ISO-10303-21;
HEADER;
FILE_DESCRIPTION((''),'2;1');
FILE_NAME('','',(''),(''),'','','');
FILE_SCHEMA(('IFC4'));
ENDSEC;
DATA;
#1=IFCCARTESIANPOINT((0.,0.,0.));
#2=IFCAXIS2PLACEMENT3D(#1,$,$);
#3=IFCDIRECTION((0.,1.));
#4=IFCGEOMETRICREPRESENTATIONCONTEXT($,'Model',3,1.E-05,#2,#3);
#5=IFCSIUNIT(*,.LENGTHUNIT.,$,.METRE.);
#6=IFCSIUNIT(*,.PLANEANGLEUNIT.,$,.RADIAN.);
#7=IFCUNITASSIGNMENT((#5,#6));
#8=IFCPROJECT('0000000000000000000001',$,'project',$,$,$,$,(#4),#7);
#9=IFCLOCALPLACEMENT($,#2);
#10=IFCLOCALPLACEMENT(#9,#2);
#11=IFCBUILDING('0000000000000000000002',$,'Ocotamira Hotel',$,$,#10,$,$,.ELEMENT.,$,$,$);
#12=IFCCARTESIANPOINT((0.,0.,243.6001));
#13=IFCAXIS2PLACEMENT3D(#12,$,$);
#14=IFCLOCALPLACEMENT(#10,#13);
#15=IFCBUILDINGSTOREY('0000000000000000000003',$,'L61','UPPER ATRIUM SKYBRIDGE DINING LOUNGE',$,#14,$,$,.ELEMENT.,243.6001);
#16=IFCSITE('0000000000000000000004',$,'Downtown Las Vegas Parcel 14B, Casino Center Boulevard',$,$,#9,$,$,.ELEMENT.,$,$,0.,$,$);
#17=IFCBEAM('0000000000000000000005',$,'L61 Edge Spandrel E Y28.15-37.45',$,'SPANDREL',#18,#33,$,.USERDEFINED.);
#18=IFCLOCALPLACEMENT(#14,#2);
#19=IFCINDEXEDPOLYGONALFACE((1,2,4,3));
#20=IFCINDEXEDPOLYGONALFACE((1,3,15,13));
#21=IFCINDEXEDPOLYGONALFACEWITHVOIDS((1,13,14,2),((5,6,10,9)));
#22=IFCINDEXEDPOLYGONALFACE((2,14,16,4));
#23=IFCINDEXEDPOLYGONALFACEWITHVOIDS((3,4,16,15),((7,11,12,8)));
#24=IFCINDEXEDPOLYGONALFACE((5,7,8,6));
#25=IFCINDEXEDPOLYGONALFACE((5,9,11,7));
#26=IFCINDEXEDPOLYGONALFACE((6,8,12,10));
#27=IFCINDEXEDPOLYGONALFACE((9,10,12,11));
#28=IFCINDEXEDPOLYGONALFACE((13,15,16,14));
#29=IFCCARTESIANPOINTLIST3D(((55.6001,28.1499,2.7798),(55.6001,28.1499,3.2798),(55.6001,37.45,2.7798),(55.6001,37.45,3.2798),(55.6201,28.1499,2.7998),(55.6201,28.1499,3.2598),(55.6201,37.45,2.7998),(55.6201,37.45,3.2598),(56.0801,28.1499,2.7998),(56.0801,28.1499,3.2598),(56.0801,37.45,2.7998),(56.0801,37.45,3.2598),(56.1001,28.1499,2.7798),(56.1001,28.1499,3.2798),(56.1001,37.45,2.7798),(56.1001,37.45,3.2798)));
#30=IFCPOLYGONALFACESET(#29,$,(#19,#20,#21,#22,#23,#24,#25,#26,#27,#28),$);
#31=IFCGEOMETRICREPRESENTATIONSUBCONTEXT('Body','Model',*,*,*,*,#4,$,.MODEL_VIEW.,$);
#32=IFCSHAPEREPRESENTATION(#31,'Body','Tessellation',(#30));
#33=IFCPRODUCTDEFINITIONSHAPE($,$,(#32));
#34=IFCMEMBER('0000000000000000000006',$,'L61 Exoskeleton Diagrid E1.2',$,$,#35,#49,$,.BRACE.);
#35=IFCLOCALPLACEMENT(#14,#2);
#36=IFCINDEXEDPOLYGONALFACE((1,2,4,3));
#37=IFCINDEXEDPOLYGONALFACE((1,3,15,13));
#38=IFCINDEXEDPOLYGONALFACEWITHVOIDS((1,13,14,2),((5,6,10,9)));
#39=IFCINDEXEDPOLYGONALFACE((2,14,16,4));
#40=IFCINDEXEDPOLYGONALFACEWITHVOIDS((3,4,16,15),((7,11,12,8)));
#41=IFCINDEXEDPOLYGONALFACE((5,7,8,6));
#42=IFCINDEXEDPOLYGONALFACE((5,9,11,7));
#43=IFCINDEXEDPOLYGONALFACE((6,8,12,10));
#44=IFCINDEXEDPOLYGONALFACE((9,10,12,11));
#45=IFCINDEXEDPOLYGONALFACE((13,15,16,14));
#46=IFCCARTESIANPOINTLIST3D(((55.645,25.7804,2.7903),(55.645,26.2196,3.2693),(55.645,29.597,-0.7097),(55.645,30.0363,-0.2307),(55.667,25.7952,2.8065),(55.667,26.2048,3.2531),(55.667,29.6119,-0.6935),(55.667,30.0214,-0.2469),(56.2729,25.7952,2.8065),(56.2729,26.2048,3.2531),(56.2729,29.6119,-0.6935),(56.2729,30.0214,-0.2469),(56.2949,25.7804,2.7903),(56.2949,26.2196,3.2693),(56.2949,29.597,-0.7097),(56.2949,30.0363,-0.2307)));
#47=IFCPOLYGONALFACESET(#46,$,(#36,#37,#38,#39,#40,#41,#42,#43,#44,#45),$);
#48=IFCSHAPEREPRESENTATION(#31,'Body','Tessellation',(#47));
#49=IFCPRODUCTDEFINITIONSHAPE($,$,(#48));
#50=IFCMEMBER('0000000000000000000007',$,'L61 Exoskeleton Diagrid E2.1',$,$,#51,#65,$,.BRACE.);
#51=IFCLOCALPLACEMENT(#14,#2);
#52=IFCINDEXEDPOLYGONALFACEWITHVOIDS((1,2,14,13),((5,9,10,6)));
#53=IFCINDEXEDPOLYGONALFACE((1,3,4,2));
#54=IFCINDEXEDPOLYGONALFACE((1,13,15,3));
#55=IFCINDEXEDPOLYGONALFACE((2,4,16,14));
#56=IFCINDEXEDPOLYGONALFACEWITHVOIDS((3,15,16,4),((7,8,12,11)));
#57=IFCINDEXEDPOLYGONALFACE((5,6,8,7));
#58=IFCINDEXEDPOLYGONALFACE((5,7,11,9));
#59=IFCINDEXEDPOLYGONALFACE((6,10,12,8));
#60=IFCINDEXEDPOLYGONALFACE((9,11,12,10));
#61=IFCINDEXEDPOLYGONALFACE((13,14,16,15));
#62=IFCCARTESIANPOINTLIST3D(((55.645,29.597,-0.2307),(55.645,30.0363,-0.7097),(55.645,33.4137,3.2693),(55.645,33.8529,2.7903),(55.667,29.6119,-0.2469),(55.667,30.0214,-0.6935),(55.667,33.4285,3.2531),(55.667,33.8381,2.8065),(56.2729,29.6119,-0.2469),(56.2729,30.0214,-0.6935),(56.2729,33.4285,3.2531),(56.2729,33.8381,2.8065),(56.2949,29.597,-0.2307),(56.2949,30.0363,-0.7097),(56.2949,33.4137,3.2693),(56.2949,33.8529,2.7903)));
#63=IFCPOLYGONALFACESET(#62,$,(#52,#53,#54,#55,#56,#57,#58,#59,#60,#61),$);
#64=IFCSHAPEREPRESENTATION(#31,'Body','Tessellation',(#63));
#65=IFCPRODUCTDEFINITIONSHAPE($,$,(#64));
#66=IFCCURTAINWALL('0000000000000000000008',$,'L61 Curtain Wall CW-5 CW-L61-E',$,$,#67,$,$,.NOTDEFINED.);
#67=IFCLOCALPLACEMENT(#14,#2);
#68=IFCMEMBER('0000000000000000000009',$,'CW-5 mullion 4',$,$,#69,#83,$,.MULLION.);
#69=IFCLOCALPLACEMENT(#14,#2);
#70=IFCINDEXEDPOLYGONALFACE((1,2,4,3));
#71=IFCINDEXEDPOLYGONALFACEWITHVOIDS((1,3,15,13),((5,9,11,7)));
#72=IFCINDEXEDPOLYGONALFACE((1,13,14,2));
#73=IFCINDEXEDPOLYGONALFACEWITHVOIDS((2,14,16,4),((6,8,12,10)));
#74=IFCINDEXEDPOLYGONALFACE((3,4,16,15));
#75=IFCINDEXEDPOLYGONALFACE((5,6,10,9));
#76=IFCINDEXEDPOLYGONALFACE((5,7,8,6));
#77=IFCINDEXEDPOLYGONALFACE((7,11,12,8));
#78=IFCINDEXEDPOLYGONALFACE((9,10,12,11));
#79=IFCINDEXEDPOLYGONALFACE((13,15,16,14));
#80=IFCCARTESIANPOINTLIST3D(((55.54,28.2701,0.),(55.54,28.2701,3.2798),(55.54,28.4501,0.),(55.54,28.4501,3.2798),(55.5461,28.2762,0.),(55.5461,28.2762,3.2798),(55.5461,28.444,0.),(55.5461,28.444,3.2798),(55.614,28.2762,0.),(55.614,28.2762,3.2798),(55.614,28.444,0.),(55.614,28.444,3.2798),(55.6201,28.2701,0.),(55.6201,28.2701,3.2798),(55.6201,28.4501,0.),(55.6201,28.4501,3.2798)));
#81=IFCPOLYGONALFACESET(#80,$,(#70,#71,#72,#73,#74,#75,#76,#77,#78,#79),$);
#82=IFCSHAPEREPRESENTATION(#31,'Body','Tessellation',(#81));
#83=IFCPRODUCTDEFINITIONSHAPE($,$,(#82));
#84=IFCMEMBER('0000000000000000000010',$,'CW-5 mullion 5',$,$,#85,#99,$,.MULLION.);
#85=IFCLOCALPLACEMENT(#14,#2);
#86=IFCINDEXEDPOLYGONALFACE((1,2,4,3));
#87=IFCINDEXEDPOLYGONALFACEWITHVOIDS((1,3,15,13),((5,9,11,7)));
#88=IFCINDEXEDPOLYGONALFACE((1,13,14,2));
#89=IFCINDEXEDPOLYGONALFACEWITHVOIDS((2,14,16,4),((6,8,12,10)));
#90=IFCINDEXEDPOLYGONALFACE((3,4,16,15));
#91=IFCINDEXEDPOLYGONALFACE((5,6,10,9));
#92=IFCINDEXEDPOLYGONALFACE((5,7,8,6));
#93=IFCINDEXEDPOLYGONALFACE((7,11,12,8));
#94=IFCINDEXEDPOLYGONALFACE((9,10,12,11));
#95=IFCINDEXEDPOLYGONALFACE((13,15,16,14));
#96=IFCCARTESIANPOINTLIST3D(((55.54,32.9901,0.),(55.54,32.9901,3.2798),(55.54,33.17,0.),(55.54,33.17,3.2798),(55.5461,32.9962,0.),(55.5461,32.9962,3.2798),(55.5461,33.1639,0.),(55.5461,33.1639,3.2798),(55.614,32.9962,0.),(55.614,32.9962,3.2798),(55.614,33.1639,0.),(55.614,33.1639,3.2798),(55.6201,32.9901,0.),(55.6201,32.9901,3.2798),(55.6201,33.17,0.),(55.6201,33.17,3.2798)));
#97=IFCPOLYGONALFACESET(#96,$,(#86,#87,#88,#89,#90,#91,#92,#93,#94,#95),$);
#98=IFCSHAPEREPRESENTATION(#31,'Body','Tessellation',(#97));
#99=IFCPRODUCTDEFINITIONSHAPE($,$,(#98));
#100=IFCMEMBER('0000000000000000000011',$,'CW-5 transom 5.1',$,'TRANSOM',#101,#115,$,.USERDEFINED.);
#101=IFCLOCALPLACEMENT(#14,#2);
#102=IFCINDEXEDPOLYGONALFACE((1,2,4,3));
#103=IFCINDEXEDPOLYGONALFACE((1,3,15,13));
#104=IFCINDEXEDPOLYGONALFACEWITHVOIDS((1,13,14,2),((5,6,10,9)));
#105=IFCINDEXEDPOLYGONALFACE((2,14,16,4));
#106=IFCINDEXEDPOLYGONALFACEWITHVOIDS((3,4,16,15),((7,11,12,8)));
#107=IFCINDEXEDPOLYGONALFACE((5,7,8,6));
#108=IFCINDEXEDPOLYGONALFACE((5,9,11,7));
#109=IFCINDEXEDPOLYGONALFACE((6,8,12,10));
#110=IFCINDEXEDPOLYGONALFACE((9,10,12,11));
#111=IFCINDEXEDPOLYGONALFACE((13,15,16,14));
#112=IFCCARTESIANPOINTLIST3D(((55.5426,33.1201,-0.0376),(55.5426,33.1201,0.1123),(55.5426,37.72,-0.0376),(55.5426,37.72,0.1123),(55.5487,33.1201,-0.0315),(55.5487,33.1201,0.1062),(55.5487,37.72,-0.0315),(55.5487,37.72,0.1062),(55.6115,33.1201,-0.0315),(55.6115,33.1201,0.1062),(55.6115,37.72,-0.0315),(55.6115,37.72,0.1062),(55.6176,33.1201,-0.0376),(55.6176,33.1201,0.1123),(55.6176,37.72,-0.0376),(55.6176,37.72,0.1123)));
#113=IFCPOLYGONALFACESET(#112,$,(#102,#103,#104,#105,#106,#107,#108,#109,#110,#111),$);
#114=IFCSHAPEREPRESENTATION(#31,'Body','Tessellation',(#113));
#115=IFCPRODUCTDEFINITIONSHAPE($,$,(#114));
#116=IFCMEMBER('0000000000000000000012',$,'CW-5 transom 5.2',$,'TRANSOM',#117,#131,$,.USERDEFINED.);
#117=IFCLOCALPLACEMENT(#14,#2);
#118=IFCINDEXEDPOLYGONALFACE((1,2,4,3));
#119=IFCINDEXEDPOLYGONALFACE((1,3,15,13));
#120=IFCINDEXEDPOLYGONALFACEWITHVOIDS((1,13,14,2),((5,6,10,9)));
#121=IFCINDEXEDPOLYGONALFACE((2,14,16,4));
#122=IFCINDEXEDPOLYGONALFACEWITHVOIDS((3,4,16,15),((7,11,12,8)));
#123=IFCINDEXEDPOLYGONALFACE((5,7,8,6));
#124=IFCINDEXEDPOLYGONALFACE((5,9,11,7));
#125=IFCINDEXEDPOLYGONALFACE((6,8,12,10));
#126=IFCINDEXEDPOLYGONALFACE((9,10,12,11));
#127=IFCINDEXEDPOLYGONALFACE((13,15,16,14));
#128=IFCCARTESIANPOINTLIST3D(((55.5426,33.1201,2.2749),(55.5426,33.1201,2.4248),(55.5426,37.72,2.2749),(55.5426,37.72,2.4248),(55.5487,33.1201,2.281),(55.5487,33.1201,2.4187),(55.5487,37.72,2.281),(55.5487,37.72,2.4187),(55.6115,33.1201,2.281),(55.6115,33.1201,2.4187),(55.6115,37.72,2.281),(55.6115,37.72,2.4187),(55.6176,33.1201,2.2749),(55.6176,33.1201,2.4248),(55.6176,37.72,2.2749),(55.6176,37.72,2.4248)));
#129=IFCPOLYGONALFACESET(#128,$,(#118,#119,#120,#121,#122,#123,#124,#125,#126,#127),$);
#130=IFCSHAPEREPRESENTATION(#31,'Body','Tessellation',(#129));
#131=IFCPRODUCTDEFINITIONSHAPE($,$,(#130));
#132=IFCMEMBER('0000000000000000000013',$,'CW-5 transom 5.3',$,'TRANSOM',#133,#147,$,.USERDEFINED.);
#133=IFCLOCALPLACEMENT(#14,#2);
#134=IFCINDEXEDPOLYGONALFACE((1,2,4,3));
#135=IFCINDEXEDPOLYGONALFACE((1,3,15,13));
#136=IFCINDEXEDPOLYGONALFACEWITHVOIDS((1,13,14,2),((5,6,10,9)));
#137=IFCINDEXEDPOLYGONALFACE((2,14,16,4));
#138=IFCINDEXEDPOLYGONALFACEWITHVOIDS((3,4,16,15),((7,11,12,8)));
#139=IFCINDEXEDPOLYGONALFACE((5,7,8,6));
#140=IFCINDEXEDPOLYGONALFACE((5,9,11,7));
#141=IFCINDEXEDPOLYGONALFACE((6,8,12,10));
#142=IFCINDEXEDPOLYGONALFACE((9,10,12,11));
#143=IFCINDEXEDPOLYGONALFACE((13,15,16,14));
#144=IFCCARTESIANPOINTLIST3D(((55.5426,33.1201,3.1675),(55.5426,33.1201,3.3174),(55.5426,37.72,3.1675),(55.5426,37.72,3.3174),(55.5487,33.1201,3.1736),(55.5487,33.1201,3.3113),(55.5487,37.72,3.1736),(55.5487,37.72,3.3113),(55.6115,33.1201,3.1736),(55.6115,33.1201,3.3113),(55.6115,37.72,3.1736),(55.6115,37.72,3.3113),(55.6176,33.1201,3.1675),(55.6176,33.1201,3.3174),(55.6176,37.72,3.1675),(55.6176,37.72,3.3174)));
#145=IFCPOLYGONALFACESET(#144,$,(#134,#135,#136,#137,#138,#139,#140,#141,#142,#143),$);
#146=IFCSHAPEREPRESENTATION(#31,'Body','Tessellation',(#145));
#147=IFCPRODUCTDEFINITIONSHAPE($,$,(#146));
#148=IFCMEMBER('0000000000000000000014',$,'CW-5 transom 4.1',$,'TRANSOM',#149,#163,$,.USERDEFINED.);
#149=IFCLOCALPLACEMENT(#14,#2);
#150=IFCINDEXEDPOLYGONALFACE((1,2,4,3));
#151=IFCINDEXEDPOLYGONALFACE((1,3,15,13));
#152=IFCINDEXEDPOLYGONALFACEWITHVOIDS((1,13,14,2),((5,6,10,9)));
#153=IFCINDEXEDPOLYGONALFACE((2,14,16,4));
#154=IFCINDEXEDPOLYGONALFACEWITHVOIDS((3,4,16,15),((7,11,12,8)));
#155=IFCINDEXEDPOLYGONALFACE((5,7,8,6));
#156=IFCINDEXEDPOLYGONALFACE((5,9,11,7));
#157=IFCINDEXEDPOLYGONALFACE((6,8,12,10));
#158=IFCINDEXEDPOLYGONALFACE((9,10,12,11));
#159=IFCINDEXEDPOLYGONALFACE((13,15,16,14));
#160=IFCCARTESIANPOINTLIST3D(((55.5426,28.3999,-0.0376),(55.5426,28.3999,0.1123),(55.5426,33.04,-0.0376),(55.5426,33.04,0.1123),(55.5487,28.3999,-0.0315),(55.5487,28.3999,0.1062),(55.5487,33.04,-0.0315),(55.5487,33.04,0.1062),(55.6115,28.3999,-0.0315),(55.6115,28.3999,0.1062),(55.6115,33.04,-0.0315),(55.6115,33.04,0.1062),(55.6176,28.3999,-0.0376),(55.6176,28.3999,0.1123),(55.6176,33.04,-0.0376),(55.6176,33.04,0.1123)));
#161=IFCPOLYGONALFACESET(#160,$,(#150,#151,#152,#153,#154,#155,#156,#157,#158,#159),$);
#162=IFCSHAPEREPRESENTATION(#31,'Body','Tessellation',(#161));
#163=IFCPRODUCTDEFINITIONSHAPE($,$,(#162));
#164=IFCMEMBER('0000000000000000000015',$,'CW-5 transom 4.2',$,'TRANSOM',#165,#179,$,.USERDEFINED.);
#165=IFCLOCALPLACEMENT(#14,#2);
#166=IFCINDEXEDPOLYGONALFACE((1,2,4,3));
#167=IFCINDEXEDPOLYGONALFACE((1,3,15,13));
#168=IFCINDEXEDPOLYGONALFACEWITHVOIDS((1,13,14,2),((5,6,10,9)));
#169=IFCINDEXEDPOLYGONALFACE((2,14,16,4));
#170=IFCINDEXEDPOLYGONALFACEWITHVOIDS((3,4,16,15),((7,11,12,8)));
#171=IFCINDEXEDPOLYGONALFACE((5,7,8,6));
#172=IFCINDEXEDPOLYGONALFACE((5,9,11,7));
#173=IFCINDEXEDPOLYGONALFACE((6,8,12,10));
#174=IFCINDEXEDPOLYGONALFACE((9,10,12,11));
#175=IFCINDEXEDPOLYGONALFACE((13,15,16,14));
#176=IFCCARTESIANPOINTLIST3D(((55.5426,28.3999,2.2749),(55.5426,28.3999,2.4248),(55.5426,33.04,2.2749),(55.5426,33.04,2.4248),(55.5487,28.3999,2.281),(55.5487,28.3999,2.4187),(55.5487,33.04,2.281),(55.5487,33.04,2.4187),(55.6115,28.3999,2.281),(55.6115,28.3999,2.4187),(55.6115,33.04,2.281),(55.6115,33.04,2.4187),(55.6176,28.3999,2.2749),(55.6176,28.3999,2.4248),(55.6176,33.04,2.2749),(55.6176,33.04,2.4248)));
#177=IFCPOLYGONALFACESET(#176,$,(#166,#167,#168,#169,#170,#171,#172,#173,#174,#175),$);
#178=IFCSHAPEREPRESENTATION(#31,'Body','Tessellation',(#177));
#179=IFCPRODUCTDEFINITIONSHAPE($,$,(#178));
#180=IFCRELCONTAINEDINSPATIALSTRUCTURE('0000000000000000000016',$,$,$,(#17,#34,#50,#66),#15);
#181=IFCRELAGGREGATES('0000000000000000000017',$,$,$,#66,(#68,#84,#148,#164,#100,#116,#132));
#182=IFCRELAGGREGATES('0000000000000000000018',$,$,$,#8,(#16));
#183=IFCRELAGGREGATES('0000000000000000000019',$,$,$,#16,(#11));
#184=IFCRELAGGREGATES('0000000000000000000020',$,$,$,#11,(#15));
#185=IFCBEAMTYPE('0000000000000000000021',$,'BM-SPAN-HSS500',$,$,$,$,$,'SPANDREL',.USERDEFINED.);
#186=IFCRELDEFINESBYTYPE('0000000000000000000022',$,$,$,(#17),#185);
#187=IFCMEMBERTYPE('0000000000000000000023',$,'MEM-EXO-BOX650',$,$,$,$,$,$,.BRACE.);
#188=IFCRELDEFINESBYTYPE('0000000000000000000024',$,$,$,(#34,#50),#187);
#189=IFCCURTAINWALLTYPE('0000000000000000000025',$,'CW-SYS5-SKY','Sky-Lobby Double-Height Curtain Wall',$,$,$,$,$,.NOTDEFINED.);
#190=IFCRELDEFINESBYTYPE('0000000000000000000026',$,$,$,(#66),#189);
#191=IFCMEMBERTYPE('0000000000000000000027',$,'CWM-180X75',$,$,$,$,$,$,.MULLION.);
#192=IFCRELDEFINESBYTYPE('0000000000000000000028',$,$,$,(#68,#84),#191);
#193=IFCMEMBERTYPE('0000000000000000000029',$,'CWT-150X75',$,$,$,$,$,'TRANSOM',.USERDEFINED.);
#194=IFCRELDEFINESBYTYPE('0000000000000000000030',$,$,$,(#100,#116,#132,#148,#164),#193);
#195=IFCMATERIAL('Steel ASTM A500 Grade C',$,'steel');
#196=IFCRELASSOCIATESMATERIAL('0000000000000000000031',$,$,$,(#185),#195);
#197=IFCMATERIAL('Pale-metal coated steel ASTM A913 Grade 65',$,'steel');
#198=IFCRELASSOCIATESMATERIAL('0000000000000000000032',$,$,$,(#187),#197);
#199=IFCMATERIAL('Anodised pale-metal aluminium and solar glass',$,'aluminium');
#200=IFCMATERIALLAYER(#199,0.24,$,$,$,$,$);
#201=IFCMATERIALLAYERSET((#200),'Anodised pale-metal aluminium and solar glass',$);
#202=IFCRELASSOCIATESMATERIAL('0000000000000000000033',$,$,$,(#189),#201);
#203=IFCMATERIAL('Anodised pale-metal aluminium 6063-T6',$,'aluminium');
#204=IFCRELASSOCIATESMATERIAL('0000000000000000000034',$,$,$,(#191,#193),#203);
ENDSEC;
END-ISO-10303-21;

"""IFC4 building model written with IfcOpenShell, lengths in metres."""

from ifc_helpers import new_model, si_unit, direction, frame, origin, origin_2d, place, context, subcontext, project, spatial, hollow_rectangle, extrude, source, transform, mapped, material, layer, layer_set, material_profile, profile_set, type_object, element, aggregate, save


model = new_model("IFC4")

# Units and contexts
model_context = context("Model", 3, precision=1e-05, world=origin(), true_north=direction((0.0, 1.0)))
body_context = subcontext(model_context, "Body", "Model", "MODEL_VIEW")
ifc_project = project(units=[si_unit("LENGTHUNIT", "METRE"), si_unit("PLANEANGLEUNIT", "RADIAN")], contexts=[model_context])

# Site, building, storey
site_placement = place(None, origin())
site = spatial("IfcSite", under=ifc_project, at=site_placement, Name="Downtown Las Vegas Parcel 14B, Casino Center Boulevard", CompositionType="ELEMENT", RefElevation=0.0)
building_placement = place(site_placement, origin())
building = spatial("IfcBuilding", under=site, at=building_placement, Name="Ocotamira Hotel", CompositionType="ELEMENT")
storey_placement = place(building_placement, frame((0.0, 0.0, 243.6001)))
storey = spatial("IfcBuildingStorey", under=building, at=storey_placement, Name="L61", Description="UPPER ATRIUM SKYBRIDGE DINING LOUNGE", CompositionType="ELEMENT", Elevation=243.6001)

# Beam
ifc_material_1 = material(Name="Steel ASTM A500 Grade C", Category="steel")
ifc_material_profile_1 = material_profile(ifc_material_1, hollow_rectangle(XDim=0.5, YDim=0.5, WallThickness=0.02, at=origin_2d()), Name="HSS500X500X20")
ifc_profile_set_1 = profile_set([ifc_material_profile_1], Name="Steel ASTM A500 Grade C")
beam_type_1 = type_object("IfcBeamType", Name="BM-SPAN-HSS500", ElementType="SPANDREL", PredefinedType="USERDEFINED", material=ifc_profile_set_1)
shared_shape_1 = source(origin(), body_context, "Body", "SweptSolid", [
    extrude(hollow_rectangle(XDim=0.5, YDim=0.5, WallThickness=0.02, at=origin_2d()), origin(), (0.0, 0.0, 1.0), 9.3),
])
beam_1_placement = place(storey_placement, frame((55.8501, 28.1499, 3.0298), z_axis=(0.0, 1.0, 0.0), x_axis=(-1.0, 0.0, 0.0)))
element("IfcBeam", 1, at=beam_1_placement, inside=storey, type_object=beam_type_1, Name="L61 Edge Spandrel E Y28.15-37.45", ObjectType="SPANDREL", PredefinedType="USERDEFINED", context=body_context, shape_type="MappedRepresentation", body=[
    mapped(shared_shape_1, transform((0.0, 0.0, 0.0), scale=1.0)),
])

# Members
ifc_material_2 = material(Name="Pale-metal coated steel ASTM A913 Grade 65", Category="steel")
ifc_material_profile_2 = material_profile(ifc_material_2, hollow_rectangle(XDim=0.6499, YDim=0.6499, WallThickness=0.022, at=origin_2d()), Name="BOX650X650X22")
ifc_profile_set_2 = profile_set([ifc_material_profile_2], Name="Pale-metal coated steel ASTM A913 Grade 65")
member_type_1 = type_object("IfcMemberType", Name="MEM-EXO-BOX650", PredefinedType="BRACE", material=ifc_profile_set_2)
shared_shape_2 = source(origin(), body_context, "Body", "SweptSolid", [
    extrude(hollow_rectangle(XDim=0.6499, YDim=0.6499, WallThickness=0.022, at=origin_2d()), origin(), (0.0, 0.0, 1.0), 5.1785),
])
for number, where, z_axis, x_axis, name in (
    (2, (55.97, 29.8167, -0.4702), (0.0, -0.737019, 0.675872), (1.0, 0.0, 0.0), "L61 Exoskeleton Diagrid E1.2"),
    (3, (55.97, 29.8167, -0.4702), (0.0, 0.737019, 0.675872), (-1.0, 0.0, 0.0), "L61 Exoskeleton Diagrid E2.1"),
):
    element("IfcMember", number, at=place(storey_placement, frame(where, z_axis=z_axis, x_axis=x_axis)), inside=storey, type_object=member_type_1, Name=name, PredefinedType="BRACE", context=body_context, shape_type="MappedRepresentation", body=[
        mapped(shared_shape_2, transform((0.0, 0.0, 0.0), scale=1.0)),
    ])

# Curtain wall, members
ifc_material_3 = material(Name="Anodised pale-metal aluminium and solar glass", Category="aluminium")
ifc_layer_1 = layer(ifc_material_3, 0.24)
ifc_layer_set_1 = layer_set([ifc_layer_1], Name="Anodised pale-metal aluminium and solar glass")
curtain_wall_type = type_object("IfcCurtainWallType", Name="CW-SYS5-SKY", Description="Sky-Lobby Double-Height Curtain Wall", PredefinedType="NOTDEFINED", material=ifc_layer_set_1)
curtain_wall_placement = place(storey_placement, origin())
curtain_wall = element("IfcCurtainWall", 4, at=curtain_wall_placement, inside=storey, type_object=curtain_wall_type, Name="L61 Curtain Wall CW-5 CW-L61-E", PredefinedType="NOTDEFINED")
ifc_material_4 = material(Name="Anodised pale-metal aluminium 6063-T6", Category="aluminium")
ifc_material_profile_3 = material_profile(ifc_material_4, hollow_rectangle(XDim=0.0801, YDim=0.1799, WallThickness=0.0061, at=origin_2d()), Name="HSS180X80X6")
ifc_profile_set_3 = profile_set([ifc_material_profile_3], Name="Anodised pale-metal aluminium 6063-T6")
member_type_2 = type_object("IfcMemberType", Name="CWM-180X75", PredefinedType="MULLION", material=ifc_profile_set_3)
shared_shape_3 = source(origin(), body_context, "Body", "SweptSolid", [
    extrude(hollow_rectangle(XDim=0.0801, YDim=0.1799, WallThickness=0.0061, at=origin_2d()), origin(), (0.0, 0.0, 1.0), 3.2798),
])
member_1_placement = place(storey_placement, frame((55.5801, 28.3601, 0.0), z_axis=(0.0, 0.0, 1.0), x_axis=(-1.0, 0.0, 0.0)))
member_1 = element("IfcMember", 5, at=member_1_placement, type_object=member_type_2, Name="CW-5 mullion 4", PredefinedType="MULLION", context=body_context, shape_type="MappedRepresentation", body=[
    mapped(shared_shape_3, transform((0.0, 0.0, 0.0), scale=1.0)),
])
member_2_placement = place(storey_placement, frame((55.5801, 33.0801, 0.0), z_axis=(0.0, 0.0, 1.0), x_axis=(-1.0, 0.0, 0.0)))
member_2 = element("IfcMember", 6, at=member_2_placement, type_object=member_type_2, Name="CW-5 mullion 5", PredefinedType="MULLION", context=body_context, shape_type="MappedRepresentation", body=[
    mapped(shared_shape_3, transform((0.0, 0.0, 0.0), scale=1.0)),
])
ifc_material_profile_4 = material_profile(ifc_material_4, hollow_rectangle(XDim=0.075, YDim=0.1499, WallThickness=0.0061, at=origin_2d()), Name="HSS150X75X6")
ifc_profile_set_4 = profile_set([ifc_material_profile_4], Name="Anodised pale-metal aluminium 6063-T6")
member_type_3 = type_object("IfcMemberType", Name="CWT-150X75", ElementType="TRANSOM", PredefinedType="USERDEFINED", material=ifc_profile_set_4)
shared_shape_4 = source(origin(), body_context, "Body", "SweptSolid", [
    extrude(hollow_rectangle(XDim=0.075, YDim=0.1499, WallThickness=0.0061, at=origin_2d()), origin(), (0.0, 0.0, 1.0), 4.5999),
])
member_3_placement = place(storey_placement, frame((55.5801, 33.1201, 0.0374), z_axis=(0.0, 1.0, 0.0), x_axis=(-1.0, 0.0, 0.0)))
member_3 = element("IfcMember", 7, at=member_3_placement, type_object=member_type_3, Name="CW-5 transom 5.1", ObjectType="TRANSOM", PredefinedType="USERDEFINED", context=body_context, shape_type="MappedRepresentation", body=[
    mapped(shared_shape_4, transform((0.0, 0.0, 0.0), scale=1.0)),
])
member_4_placement = place(storey_placement, frame((55.5801, 33.1201, 2.3499), z_axis=(0.0, 1.0, 0.0), x_axis=(-1.0, 0.0, 0.0)))
member_4 = element("IfcMember", 8, at=member_4_placement, type_object=member_type_3, Name="CW-5 transom 5.2", ObjectType="TRANSOM", PredefinedType="USERDEFINED", context=body_context, shape_type="MappedRepresentation", body=[
    mapped(shared_shape_4, transform((0.0, 0.0, 0.0), scale=1.0)),
])
member_5_placement = place(storey_placement, frame((55.5801, 33.1201, 3.2424), z_axis=(0.0, 1.0, 0.0), x_axis=(-1.0, 0.0, 0.0)))
member_5 = element("IfcMember", 9, at=member_5_placement, type_object=member_type_3, Name="CW-5 transom 5.3", ObjectType="TRANSOM", PredefinedType="USERDEFINED", context=body_context, shape_type="MappedRepresentation", body=[
    mapped(shared_shape_4, transform((0.0, 0.0, 0.0), scale=1.0)),
])
shared_shape_5 = source(origin(), body_context, "Body", "SweptSolid", [
    extrude(hollow_rectangle(XDim=0.075, YDim=0.1499, WallThickness=0.0061, at=origin_2d()), origin(), (0.0, 0.0, 1.0), 4.6401),
])
member_6_placement = place(storey_placement, frame((55.5801, 28.3999, 0.0374), z_axis=(0.0, 1.0, 0.0), x_axis=(-1.0, 0.0, 0.0)))
member_6 = element("IfcMember", 10, at=member_6_placement, type_object=member_type_3, Name="CW-5 transom 4.1", ObjectType="TRANSOM", PredefinedType="USERDEFINED", context=body_context, shape_type="MappedRepresentation", body=[
    mapped(shared_shape_5, transform((0.0, 0.0, 0.0), scale=1.0)),
])
member_7_placement = place(storey_placement, frame((55.5801, 28.3999, 2.3499), z_axis=(0.0, 1.0, 0.0), x_axis=(-1.0, 0.0, 0.0)))
member_7 = element("IfcMember", 11, at=member_7_placement, type_object=member_type_3, Name="CW-5 transom 4.2", ObjectType="TRANSOM", PredefinedType="USERDEFINED", context=body_context, shape_type="MappedRepresentation", body=[
    mapped(shared_shape_5, transform((0.0, 0.0, 0.0), scale=1.0)),
])

aggregate(curtain_wall, [member_1, member_2, member_6, member_7, member_3, member_4, member_5])

save(model, "model.ifc")
